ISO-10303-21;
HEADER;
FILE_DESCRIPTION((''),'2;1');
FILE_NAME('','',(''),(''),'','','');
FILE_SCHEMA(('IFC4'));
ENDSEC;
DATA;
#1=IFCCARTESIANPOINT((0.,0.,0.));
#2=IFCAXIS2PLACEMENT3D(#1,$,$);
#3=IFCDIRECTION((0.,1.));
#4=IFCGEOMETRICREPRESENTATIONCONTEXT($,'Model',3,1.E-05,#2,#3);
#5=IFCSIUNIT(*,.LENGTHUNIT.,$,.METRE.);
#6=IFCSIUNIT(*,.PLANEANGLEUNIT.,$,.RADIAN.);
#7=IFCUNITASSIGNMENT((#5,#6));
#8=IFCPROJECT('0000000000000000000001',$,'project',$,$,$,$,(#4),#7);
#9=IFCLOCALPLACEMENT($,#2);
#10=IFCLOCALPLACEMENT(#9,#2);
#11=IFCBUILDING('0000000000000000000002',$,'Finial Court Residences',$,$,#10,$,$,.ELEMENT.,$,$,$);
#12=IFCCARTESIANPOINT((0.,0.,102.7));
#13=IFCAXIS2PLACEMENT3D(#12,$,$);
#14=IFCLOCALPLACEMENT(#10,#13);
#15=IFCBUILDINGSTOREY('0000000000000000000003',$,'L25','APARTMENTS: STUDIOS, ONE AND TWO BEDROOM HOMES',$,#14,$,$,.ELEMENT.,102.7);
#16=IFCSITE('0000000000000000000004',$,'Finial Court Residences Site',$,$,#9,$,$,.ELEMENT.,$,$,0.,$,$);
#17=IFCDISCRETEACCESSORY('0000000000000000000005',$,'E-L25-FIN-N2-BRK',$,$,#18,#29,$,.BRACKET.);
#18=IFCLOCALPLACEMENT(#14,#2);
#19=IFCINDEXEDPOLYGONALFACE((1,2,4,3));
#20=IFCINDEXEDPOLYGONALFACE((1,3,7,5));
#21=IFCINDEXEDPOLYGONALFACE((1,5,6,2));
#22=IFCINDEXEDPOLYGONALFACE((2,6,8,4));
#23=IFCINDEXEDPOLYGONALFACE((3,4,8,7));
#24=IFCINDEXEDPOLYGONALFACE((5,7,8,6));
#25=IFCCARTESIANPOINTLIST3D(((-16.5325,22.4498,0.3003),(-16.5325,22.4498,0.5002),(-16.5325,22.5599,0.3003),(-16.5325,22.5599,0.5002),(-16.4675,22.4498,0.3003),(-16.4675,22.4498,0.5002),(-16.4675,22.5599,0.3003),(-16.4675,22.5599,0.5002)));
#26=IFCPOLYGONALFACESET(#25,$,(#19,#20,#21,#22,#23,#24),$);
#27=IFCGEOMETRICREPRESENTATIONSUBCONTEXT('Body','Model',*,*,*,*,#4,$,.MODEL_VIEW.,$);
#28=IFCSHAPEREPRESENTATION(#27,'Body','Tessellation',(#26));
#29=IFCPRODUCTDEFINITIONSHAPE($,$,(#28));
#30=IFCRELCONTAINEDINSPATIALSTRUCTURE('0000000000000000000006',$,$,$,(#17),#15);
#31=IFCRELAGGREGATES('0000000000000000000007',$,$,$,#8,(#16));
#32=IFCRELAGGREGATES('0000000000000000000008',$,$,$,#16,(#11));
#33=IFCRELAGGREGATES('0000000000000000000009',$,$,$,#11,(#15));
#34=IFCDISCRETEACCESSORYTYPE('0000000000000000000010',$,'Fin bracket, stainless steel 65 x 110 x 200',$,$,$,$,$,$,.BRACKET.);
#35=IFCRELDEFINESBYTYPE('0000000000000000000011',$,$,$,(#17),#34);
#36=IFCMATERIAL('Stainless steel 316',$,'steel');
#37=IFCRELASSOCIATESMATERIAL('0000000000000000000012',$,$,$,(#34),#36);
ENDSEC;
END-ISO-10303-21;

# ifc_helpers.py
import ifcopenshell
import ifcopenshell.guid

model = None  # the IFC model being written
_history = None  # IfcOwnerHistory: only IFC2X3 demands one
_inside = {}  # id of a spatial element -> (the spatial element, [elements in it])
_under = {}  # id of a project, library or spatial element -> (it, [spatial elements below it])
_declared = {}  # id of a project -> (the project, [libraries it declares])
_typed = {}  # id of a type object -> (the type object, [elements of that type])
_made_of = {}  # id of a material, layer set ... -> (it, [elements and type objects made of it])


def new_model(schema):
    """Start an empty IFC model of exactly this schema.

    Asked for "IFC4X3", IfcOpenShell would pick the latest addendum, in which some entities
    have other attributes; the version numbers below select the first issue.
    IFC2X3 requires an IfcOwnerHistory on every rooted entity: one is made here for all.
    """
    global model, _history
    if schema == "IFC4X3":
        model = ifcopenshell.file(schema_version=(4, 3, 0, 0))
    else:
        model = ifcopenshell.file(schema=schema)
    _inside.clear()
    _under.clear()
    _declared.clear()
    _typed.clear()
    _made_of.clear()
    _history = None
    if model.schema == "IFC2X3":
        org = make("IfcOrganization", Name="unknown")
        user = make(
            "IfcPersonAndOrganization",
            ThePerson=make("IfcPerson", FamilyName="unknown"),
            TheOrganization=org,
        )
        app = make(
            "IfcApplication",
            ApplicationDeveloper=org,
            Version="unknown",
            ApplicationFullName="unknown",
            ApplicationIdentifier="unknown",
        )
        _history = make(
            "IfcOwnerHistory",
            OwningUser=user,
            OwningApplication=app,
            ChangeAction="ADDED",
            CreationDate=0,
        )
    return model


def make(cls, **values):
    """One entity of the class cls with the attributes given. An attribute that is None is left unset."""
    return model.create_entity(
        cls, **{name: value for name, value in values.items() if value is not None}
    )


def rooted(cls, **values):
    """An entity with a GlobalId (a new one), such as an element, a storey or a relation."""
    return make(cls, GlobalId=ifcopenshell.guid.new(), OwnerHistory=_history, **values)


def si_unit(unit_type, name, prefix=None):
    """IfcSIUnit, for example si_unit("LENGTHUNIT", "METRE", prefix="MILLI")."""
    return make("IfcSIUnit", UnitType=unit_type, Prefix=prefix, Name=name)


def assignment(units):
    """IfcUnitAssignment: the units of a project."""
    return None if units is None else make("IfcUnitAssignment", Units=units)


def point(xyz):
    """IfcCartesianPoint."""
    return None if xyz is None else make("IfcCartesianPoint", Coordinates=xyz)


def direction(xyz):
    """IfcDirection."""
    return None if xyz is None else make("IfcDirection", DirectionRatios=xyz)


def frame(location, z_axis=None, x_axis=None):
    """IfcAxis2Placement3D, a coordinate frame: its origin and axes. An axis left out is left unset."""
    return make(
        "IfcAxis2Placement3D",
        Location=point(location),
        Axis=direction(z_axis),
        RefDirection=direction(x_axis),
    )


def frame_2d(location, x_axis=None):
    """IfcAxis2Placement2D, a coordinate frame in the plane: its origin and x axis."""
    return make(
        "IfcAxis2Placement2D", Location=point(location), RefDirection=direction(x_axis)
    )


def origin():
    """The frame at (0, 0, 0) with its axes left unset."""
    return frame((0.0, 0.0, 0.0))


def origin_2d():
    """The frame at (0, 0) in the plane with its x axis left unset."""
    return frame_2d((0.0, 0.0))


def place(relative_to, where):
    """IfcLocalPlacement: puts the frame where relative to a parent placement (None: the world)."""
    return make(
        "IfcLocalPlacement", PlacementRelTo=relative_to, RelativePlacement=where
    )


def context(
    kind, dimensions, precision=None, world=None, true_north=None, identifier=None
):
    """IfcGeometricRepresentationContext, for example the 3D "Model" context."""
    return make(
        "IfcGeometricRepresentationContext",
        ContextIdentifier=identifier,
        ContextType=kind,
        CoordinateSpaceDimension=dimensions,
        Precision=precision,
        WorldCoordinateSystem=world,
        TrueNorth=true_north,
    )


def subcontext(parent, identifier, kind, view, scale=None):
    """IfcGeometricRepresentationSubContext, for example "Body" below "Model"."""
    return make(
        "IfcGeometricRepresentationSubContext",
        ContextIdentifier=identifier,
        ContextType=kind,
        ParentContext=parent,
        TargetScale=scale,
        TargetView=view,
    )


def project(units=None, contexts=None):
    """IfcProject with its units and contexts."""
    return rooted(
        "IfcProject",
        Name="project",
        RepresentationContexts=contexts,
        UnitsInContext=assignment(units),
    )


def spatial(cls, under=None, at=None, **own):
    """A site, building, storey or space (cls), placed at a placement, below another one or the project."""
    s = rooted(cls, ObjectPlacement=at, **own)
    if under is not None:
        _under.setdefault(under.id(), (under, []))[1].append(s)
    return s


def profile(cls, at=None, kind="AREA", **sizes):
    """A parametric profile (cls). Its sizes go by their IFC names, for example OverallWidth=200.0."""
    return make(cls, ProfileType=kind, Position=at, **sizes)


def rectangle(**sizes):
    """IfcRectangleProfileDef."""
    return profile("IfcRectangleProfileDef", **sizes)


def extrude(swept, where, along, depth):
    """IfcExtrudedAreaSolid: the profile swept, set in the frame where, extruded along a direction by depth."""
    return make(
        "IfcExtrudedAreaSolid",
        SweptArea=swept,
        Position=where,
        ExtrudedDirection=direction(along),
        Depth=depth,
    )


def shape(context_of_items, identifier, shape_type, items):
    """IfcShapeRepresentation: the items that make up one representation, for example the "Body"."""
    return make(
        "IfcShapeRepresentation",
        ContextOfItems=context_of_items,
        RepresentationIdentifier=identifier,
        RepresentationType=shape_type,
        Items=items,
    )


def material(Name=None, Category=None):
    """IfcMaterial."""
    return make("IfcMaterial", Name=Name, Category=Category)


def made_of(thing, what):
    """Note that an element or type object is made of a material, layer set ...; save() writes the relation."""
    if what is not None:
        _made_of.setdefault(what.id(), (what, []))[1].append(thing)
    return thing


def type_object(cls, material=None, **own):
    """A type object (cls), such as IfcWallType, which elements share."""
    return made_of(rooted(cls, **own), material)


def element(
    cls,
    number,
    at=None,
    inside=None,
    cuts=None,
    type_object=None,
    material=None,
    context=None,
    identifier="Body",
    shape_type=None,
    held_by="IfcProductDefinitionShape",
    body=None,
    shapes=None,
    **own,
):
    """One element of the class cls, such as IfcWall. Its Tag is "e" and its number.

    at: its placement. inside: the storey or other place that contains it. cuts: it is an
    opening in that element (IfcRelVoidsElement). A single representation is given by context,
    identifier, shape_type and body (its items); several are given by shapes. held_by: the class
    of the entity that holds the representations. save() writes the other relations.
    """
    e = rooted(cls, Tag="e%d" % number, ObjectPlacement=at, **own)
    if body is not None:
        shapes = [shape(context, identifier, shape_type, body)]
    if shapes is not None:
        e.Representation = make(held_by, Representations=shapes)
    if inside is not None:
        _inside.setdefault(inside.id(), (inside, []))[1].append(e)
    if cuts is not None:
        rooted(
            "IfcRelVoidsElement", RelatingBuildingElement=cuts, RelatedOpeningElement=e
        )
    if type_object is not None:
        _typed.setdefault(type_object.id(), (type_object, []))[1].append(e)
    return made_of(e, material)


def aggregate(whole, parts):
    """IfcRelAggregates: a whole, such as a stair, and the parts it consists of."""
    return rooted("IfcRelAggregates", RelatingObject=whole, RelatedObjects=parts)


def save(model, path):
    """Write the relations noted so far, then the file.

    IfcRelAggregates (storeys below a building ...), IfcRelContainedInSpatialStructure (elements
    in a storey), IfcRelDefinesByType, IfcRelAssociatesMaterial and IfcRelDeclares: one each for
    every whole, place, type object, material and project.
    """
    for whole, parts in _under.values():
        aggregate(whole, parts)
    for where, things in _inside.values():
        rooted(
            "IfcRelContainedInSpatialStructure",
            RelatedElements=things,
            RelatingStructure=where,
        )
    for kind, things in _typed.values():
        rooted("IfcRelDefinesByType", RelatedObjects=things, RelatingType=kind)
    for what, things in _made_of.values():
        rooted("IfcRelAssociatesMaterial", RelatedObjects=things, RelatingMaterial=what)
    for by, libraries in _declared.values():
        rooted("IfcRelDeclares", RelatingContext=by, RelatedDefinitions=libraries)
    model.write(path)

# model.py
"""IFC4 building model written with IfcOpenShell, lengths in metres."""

from ifc_helpers import new_model, si_unit, direction, frame, origin, origin_2d, place, context, subcontext, project, spatial, rectangle, extrude, material, type_object, element, save


model = new_model("IFC4")

# Units and contexts
model_context = context("Model", 3, precision=1e-05, world=origin(), true_north=direction((0.0, 1.0)))
body_context = subcontext(model_context, "Body", "Model", "MODEL_VIEW")
ifc_project = project(units=[si_unit("LENGTHUNIT", "METRE"), si_unit("PLANEANGLEUNIT", "RADIAN")], contexts=[model_context])

# Site, building, storey
site_placement = place(None, origin())
site = spatial("IfcSite", under=ifc_project, at=site_placement, Name="Finial Court Residences Site", CompositionType="ELEMENT", RefElevation=0.0)
building_placement = place(site_placement, origin())
building = spatial("IfcBuilding", under=site, at=building_placement, Name="Finial Court Residences", CompositionType="ELEMENT")
storey_placement = place(building_placement, frame((0.0, 0.0, 102.7)))
storey = spatial("IfcBuildingStorey", under=building, at=storey_placement, Name="L25", Description="APARTMENTS: STUDIOS, ONE AND TWO BEDROOM HOMES", CompositionType="ELEMENT", Elevation=102.7)

# Discrete accessory
ifc_material_1 = material(Name="Stainless steel 316", Category="steel")
discrete_accessory_type = type_object("IfcDiscreteAccessoryType", Name="Fin bracket, stainless steel 65 x 110 x 200", PredefinedType="BRACKET", material=ifc_material_1)
discrete_accessory_placement = place(storey_placement, frame((-16.5, 22.5049, 0.3003), z_axis=(0.0, 0.0, 1.0), x_axis=(1.0, 0.0, 0.0)))
element("IfcDiscreteAccessory", 1, at=discrete_accessory_placement, inside=storey, type_object=discrete_accessory_type, Name="E-L25-FIN-N2-BRK", PredefinedType="BRACKET", context=body_context, shape_type="SweptSolid", body=[
    extrude(rectangle(XDim=0.0649, YDim=0.1101, at=origin_2d()), origin(), (0.0, 0.0, 1.0), 0.2),
])

save(model, "model.ifc")
